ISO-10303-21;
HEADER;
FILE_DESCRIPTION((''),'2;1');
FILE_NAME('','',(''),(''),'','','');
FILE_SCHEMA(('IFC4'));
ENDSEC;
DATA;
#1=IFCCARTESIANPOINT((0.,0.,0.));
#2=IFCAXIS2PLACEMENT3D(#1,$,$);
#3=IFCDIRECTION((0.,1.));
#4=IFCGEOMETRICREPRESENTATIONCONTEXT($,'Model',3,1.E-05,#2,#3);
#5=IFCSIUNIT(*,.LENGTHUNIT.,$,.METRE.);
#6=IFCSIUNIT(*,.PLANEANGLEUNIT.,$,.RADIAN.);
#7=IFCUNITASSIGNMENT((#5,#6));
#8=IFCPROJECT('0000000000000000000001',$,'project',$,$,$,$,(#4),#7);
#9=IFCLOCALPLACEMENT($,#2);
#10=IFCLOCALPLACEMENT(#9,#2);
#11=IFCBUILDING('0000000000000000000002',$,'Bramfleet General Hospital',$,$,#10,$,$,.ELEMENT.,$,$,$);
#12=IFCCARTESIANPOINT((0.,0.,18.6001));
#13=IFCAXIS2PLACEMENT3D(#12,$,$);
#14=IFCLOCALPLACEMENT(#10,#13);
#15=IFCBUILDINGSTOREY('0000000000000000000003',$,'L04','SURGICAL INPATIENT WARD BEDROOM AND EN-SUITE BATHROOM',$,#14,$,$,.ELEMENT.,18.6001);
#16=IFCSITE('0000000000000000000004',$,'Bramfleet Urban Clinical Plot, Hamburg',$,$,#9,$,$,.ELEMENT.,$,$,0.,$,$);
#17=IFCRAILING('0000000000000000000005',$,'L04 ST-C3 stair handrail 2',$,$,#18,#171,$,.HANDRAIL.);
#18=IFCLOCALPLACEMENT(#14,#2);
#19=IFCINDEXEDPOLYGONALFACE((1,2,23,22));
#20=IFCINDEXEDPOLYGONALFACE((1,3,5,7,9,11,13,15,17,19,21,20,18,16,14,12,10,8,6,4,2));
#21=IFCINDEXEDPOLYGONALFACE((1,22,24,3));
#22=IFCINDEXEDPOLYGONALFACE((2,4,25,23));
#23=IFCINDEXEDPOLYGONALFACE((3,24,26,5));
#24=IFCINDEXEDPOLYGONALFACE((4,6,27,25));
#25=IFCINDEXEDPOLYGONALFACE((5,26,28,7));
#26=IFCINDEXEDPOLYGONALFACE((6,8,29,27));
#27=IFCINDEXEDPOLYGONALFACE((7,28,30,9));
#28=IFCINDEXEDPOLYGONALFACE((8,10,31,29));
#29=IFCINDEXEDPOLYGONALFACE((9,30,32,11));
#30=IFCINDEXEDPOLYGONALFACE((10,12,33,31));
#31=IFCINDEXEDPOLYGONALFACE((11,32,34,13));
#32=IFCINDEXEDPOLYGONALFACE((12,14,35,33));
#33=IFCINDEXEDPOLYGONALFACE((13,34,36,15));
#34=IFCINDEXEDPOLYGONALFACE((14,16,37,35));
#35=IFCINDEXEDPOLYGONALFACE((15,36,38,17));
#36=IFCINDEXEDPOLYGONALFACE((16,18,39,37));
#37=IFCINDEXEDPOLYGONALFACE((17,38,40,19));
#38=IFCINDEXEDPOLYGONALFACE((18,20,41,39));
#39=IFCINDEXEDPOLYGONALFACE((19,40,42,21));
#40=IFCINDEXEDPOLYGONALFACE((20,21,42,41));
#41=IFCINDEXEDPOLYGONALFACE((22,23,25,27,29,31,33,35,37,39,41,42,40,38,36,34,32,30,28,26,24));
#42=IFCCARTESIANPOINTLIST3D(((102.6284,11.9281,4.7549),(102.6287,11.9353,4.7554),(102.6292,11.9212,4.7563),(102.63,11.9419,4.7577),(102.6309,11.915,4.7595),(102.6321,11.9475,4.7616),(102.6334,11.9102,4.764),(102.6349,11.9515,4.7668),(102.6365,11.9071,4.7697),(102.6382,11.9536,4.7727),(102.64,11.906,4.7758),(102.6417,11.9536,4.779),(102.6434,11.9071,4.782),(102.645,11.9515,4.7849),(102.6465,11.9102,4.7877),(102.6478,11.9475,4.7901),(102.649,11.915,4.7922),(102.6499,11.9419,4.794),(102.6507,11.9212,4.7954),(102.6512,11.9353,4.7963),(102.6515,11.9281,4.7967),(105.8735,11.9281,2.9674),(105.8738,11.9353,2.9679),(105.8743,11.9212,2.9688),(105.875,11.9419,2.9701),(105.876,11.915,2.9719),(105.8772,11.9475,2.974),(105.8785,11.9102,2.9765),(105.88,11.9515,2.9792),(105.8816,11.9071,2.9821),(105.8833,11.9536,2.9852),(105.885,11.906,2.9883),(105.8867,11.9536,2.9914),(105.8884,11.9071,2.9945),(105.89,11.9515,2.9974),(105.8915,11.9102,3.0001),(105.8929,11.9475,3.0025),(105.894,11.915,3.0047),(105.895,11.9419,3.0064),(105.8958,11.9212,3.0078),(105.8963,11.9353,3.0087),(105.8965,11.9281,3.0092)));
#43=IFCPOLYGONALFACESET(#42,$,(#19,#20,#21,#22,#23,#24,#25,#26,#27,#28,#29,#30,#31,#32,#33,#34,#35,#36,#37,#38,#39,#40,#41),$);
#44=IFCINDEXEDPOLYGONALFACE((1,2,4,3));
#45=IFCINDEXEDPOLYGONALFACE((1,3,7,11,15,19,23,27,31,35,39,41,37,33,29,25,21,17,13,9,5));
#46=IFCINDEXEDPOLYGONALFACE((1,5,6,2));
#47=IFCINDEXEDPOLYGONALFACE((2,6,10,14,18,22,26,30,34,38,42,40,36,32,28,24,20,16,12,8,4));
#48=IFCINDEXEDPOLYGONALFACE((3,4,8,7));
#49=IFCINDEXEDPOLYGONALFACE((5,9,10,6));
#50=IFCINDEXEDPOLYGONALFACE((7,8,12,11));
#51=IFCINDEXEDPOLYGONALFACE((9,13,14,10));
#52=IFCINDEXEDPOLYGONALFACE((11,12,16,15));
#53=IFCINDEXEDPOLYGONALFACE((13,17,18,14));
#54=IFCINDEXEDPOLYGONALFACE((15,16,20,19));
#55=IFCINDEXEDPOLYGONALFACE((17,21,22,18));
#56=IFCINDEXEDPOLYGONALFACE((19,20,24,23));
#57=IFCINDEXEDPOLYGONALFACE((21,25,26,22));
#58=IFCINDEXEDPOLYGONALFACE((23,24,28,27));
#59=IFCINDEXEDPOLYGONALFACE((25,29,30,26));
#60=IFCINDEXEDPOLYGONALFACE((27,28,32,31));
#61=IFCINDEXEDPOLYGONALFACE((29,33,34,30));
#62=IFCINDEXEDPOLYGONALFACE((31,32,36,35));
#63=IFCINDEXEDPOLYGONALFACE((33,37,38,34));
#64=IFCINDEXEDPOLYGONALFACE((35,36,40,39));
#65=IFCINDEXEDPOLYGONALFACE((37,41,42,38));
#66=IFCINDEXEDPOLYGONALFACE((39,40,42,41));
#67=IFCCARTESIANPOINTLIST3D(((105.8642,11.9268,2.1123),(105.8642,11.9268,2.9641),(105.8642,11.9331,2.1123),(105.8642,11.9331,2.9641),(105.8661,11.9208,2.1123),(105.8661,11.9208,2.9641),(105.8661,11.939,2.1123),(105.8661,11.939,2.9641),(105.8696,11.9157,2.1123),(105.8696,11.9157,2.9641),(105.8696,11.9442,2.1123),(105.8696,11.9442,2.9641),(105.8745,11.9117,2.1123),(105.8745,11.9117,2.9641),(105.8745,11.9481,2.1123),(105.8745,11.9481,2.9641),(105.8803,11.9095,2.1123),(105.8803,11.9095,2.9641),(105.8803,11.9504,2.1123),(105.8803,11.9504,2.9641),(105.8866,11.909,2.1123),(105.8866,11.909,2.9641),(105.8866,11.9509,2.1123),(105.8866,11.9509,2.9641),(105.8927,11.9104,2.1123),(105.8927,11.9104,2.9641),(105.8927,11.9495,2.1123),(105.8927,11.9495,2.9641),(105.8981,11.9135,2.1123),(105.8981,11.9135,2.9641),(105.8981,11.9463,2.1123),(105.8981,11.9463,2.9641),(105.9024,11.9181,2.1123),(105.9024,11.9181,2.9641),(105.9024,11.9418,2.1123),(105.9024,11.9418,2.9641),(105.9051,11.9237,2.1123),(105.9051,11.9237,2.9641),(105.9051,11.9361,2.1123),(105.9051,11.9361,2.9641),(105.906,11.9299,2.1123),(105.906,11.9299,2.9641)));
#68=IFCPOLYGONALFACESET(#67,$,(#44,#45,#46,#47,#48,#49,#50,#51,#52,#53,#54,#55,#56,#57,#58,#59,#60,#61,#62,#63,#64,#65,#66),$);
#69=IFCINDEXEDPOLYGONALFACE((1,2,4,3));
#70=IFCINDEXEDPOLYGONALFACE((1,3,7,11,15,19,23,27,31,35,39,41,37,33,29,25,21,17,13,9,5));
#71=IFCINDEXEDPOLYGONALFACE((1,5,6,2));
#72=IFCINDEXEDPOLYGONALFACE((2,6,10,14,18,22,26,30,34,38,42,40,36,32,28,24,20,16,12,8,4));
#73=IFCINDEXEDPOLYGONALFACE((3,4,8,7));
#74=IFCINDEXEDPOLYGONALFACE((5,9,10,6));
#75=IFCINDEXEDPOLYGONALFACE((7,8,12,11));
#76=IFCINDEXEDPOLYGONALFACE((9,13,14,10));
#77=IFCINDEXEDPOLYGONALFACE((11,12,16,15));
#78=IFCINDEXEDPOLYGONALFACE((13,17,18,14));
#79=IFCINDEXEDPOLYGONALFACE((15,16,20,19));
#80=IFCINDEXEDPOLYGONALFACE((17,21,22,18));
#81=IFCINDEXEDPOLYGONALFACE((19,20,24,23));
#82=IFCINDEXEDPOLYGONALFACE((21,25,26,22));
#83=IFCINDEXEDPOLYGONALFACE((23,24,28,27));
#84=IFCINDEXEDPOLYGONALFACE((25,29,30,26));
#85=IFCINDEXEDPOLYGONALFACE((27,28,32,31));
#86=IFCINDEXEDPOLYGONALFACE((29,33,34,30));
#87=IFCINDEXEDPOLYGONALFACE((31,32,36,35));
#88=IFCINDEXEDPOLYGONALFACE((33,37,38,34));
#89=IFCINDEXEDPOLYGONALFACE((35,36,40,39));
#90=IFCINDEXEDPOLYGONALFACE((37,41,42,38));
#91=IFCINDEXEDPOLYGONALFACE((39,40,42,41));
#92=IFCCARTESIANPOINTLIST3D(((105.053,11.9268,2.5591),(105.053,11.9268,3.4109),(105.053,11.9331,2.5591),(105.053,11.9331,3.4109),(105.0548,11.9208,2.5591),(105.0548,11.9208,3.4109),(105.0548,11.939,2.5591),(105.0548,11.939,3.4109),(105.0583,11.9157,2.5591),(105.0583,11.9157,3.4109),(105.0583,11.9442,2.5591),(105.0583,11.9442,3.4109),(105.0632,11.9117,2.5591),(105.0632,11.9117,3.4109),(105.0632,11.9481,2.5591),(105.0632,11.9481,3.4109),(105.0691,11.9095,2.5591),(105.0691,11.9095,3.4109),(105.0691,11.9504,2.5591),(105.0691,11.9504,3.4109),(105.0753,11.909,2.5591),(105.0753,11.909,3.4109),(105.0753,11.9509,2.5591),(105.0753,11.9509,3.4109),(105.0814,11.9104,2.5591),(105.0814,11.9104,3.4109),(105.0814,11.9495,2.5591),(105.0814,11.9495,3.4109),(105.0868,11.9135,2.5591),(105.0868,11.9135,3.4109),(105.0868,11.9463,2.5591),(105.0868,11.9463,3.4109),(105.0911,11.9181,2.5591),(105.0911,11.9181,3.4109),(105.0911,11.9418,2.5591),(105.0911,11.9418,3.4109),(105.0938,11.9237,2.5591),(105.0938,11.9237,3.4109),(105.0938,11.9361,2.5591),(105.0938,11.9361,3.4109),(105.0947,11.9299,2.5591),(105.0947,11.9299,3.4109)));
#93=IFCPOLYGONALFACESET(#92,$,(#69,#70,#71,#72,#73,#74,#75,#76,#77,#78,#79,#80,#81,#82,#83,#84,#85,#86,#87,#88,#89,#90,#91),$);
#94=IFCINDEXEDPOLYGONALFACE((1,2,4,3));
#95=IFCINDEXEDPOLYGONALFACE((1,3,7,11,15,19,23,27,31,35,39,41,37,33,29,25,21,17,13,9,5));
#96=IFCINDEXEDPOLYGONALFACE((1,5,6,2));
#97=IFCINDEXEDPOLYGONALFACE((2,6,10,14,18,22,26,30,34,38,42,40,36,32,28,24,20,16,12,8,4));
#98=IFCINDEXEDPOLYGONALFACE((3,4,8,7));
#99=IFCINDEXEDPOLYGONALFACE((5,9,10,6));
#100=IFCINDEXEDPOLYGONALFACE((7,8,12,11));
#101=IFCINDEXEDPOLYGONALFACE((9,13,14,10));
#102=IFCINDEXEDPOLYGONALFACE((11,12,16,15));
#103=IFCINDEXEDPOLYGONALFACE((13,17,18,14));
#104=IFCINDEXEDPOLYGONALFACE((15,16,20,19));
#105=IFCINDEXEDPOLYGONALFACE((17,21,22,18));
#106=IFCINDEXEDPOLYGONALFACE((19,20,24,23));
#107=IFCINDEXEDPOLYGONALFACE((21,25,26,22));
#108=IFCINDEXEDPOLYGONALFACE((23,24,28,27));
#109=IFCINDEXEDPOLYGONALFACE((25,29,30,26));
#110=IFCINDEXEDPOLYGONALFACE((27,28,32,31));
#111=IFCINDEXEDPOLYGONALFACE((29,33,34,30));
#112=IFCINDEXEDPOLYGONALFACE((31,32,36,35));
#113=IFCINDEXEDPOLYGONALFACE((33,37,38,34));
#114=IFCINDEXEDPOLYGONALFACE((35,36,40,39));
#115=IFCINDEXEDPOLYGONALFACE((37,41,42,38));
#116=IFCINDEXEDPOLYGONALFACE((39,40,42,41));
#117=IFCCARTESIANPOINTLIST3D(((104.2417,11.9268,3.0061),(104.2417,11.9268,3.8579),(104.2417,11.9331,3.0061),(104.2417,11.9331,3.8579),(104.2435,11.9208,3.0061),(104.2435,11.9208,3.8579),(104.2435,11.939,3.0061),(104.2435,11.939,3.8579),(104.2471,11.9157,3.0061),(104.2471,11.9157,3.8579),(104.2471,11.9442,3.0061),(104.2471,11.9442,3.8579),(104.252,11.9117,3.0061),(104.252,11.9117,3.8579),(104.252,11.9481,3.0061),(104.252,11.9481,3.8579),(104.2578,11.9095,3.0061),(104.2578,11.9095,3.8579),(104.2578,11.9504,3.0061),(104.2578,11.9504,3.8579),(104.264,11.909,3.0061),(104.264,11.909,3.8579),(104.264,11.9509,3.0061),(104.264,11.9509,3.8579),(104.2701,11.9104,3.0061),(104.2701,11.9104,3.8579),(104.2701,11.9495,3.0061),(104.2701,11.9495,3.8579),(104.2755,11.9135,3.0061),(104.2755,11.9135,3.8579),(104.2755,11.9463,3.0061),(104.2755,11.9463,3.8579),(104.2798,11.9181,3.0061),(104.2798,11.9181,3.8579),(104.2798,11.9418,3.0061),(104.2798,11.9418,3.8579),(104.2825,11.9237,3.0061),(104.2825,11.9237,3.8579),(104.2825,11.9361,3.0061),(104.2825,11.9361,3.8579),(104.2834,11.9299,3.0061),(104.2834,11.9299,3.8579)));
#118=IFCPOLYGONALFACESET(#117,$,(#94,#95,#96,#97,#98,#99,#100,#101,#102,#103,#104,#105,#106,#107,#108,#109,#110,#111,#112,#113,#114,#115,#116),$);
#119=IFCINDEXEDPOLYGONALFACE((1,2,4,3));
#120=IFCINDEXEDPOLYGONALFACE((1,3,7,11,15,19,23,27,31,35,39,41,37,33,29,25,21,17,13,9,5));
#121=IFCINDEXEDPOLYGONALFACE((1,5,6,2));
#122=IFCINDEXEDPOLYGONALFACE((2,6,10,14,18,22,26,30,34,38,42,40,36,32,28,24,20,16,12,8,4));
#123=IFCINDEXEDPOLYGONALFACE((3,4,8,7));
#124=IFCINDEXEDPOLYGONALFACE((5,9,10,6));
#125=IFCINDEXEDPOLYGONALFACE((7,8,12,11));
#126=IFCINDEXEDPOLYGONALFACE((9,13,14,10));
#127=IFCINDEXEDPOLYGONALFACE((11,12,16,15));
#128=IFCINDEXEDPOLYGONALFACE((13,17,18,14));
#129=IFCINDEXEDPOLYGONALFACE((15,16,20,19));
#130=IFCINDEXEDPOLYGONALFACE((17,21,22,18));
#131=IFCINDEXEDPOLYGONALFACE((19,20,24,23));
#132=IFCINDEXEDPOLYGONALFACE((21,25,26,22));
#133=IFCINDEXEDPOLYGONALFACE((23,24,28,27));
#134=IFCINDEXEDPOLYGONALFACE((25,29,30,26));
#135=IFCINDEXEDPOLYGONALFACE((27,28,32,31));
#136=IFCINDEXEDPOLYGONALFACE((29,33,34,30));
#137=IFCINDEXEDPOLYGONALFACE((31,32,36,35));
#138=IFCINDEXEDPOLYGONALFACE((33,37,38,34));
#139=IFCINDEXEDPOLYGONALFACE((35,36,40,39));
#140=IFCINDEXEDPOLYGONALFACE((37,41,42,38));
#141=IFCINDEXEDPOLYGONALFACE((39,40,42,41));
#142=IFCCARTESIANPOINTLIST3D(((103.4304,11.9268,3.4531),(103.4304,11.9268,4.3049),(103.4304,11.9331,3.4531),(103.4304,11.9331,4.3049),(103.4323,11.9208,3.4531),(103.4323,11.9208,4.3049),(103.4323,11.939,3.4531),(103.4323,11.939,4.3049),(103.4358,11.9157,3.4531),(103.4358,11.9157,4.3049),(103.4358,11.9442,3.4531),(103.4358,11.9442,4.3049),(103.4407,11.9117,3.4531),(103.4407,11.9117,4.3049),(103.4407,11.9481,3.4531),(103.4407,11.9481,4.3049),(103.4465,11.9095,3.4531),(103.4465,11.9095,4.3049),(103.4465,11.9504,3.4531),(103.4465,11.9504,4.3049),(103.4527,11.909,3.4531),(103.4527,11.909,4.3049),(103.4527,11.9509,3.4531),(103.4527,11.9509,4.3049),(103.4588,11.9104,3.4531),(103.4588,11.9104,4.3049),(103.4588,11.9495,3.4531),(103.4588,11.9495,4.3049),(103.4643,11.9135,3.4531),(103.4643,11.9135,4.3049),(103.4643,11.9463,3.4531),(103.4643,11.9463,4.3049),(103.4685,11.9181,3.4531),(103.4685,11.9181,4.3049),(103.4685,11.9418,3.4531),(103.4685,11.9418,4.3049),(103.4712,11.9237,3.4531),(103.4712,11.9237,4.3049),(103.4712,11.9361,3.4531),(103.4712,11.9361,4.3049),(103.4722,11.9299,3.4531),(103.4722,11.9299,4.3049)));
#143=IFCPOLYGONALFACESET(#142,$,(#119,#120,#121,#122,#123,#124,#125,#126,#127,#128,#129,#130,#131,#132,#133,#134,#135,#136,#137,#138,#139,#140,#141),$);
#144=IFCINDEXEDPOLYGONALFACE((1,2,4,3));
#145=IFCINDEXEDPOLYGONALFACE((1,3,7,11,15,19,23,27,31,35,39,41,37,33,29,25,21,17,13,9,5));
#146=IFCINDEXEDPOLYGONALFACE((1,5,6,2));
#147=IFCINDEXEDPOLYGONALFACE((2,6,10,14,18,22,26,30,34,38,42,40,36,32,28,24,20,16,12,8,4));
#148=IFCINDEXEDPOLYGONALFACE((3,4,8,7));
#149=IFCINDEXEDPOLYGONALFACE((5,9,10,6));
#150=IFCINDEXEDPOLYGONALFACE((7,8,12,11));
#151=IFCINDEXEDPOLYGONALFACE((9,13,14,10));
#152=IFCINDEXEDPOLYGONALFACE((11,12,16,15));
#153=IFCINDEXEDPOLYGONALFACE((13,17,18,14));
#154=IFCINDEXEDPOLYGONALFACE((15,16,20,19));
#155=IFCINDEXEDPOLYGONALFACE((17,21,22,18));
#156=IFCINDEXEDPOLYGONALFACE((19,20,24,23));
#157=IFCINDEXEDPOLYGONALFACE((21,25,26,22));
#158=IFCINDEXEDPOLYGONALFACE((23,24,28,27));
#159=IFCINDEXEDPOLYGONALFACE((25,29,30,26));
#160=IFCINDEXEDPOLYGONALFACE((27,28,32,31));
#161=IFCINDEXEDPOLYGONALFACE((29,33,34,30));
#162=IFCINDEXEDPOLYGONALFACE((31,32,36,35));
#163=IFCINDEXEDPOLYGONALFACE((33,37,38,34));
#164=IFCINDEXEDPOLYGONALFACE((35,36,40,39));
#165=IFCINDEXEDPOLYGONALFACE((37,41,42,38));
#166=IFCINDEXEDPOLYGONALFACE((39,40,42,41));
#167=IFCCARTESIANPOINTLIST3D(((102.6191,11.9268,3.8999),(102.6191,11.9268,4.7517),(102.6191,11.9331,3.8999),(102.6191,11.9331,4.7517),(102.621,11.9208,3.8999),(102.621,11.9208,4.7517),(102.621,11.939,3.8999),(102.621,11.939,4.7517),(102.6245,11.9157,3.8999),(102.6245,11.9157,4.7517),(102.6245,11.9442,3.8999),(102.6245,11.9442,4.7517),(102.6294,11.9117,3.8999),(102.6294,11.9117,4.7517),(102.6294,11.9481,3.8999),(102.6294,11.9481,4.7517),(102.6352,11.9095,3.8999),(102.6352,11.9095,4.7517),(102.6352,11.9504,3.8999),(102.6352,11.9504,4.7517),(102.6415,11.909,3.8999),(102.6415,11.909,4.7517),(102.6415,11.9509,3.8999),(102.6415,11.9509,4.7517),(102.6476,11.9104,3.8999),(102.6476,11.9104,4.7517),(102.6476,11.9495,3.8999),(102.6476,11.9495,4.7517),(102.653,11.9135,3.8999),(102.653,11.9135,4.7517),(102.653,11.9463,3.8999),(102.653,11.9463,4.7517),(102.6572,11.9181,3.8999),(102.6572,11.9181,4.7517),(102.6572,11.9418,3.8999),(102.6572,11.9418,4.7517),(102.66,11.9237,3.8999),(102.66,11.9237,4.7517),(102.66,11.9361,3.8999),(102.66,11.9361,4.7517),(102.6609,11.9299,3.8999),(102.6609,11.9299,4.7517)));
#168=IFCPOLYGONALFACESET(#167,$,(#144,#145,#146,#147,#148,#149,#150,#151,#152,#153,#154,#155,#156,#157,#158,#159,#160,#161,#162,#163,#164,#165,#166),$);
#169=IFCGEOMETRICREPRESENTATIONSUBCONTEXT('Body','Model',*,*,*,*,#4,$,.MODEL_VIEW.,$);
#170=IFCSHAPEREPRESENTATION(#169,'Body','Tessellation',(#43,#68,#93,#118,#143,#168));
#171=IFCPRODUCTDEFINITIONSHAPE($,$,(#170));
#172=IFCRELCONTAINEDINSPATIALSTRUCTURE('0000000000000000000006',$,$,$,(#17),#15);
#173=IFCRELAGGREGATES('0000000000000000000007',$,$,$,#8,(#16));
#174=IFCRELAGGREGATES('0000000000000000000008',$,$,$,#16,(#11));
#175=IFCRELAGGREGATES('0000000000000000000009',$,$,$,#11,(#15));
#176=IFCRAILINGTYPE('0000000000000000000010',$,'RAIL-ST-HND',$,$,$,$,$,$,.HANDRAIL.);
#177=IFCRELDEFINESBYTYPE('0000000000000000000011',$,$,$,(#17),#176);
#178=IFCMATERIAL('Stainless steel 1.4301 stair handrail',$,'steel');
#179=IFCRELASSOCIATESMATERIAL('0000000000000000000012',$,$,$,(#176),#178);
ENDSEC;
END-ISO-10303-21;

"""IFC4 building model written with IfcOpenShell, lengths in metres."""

from ifc_helpers import new_model, si_unit, direction, frame, origin, origin_2d, place, context, subcontext, project, spatial, circle, extrude, material, type_object, element, save


model = new_model("IFC4")

# Units and contexts
model_context = context("Model", 3, precision=1e-05, world=origin(), true_north=direction((0.0, 1.0)))
body_context = subcontext(model_context, "Body", "Model", "MODEL_VIEW")
ifc_project = project(units=[si_unit("LENGTHUNIT", "METRE"), si_unit("PLANEANGLEUNIT", "RADIAN")], contexts=[model_context])

# Site, building, storey
site_placement = place(None, origin())
site = spatial("IfcSite", under=ifc_project, at=site_placement, Name="Bramfleet Urban Clinical Plot, Hamburg", CompositionType="ELEMENT", RefElevation=0.0)
building_placement = place(site_placement, origin())
building = spatial("IfcBuilding", under=site, at=building_placement, Name="Bramfleet General Hospital", CompositionType="ELEMENT")
storey_placement = place(building_placement, frame((0.0, 0.0, 18.6001)))
storey = spatial("IfcBuildingStorey", under=building, at=storey_placement, Name="L04", Description="SURGICAL INPATIENT WARD BEDROOM AND EN-SUITE BATHROOM", CompositionType="ELEMENT", Elevation=18.6001)

# Railing
ifc_material_1 = material(Name="Stainless steel 1.4301 stair handrail", Category="steel")
railing_type_1 = type_object("IfcRailingType", Name="RAIL-ST-HND", PredefinedType="HANDRAIL", material=ifc_material_1)
railing_1_placement = place(storey_placement, frame((105.885, 11.9299, 2.1123)))
element("IfcRailing", 1, at=railing_1_placement, inside=storey, type_object=railing_type_1, Name="L04 ST-C3 stair handrail 2", PredefinedType="HANDRAIL", context=body_context, shape_type="SweptSolid", body=[
    extrude(circle(Radius=0.0239, at=origin_2d()), frame((0.0, 0.0, 0.876), z_axis=(-0.875899, 0.0, 0.482495), x_axis=(0.0, -1.0, 0.0)), (0.0, 0.0, 1.0), 3.7048),
    extrude(circle(Radius=0.021, at=origin_2d()), origin(), (0.0, 0.0, 1.0), 0.8518),
    extrude(circle(Radius=0.021, at=origin_2d()), frame((-0.8113, 0.0, 0.4468)), (0.0, 0.0, 1.0), 0.8518),
    extrude(circle(Radius=0.021, at=origin_2d()), frame((-1.6226, 0.0, 0.8938)), (0.0, 0.0, 1.0), 0.8518),
    extrude(circle(Radius=0.021, at=origin_2d()), frame((-2.4338, 0.0, 1.3408)), (0.0, 0.0, 1.0), 0.8518),
    extrude(circle(Radius=0.021, at=origin_2d()), frame((-3.2451, 0.0, 1.7876)), (0.0, 0.0, 1.0), 0.8518),
])

save(model, "model.ifc")
